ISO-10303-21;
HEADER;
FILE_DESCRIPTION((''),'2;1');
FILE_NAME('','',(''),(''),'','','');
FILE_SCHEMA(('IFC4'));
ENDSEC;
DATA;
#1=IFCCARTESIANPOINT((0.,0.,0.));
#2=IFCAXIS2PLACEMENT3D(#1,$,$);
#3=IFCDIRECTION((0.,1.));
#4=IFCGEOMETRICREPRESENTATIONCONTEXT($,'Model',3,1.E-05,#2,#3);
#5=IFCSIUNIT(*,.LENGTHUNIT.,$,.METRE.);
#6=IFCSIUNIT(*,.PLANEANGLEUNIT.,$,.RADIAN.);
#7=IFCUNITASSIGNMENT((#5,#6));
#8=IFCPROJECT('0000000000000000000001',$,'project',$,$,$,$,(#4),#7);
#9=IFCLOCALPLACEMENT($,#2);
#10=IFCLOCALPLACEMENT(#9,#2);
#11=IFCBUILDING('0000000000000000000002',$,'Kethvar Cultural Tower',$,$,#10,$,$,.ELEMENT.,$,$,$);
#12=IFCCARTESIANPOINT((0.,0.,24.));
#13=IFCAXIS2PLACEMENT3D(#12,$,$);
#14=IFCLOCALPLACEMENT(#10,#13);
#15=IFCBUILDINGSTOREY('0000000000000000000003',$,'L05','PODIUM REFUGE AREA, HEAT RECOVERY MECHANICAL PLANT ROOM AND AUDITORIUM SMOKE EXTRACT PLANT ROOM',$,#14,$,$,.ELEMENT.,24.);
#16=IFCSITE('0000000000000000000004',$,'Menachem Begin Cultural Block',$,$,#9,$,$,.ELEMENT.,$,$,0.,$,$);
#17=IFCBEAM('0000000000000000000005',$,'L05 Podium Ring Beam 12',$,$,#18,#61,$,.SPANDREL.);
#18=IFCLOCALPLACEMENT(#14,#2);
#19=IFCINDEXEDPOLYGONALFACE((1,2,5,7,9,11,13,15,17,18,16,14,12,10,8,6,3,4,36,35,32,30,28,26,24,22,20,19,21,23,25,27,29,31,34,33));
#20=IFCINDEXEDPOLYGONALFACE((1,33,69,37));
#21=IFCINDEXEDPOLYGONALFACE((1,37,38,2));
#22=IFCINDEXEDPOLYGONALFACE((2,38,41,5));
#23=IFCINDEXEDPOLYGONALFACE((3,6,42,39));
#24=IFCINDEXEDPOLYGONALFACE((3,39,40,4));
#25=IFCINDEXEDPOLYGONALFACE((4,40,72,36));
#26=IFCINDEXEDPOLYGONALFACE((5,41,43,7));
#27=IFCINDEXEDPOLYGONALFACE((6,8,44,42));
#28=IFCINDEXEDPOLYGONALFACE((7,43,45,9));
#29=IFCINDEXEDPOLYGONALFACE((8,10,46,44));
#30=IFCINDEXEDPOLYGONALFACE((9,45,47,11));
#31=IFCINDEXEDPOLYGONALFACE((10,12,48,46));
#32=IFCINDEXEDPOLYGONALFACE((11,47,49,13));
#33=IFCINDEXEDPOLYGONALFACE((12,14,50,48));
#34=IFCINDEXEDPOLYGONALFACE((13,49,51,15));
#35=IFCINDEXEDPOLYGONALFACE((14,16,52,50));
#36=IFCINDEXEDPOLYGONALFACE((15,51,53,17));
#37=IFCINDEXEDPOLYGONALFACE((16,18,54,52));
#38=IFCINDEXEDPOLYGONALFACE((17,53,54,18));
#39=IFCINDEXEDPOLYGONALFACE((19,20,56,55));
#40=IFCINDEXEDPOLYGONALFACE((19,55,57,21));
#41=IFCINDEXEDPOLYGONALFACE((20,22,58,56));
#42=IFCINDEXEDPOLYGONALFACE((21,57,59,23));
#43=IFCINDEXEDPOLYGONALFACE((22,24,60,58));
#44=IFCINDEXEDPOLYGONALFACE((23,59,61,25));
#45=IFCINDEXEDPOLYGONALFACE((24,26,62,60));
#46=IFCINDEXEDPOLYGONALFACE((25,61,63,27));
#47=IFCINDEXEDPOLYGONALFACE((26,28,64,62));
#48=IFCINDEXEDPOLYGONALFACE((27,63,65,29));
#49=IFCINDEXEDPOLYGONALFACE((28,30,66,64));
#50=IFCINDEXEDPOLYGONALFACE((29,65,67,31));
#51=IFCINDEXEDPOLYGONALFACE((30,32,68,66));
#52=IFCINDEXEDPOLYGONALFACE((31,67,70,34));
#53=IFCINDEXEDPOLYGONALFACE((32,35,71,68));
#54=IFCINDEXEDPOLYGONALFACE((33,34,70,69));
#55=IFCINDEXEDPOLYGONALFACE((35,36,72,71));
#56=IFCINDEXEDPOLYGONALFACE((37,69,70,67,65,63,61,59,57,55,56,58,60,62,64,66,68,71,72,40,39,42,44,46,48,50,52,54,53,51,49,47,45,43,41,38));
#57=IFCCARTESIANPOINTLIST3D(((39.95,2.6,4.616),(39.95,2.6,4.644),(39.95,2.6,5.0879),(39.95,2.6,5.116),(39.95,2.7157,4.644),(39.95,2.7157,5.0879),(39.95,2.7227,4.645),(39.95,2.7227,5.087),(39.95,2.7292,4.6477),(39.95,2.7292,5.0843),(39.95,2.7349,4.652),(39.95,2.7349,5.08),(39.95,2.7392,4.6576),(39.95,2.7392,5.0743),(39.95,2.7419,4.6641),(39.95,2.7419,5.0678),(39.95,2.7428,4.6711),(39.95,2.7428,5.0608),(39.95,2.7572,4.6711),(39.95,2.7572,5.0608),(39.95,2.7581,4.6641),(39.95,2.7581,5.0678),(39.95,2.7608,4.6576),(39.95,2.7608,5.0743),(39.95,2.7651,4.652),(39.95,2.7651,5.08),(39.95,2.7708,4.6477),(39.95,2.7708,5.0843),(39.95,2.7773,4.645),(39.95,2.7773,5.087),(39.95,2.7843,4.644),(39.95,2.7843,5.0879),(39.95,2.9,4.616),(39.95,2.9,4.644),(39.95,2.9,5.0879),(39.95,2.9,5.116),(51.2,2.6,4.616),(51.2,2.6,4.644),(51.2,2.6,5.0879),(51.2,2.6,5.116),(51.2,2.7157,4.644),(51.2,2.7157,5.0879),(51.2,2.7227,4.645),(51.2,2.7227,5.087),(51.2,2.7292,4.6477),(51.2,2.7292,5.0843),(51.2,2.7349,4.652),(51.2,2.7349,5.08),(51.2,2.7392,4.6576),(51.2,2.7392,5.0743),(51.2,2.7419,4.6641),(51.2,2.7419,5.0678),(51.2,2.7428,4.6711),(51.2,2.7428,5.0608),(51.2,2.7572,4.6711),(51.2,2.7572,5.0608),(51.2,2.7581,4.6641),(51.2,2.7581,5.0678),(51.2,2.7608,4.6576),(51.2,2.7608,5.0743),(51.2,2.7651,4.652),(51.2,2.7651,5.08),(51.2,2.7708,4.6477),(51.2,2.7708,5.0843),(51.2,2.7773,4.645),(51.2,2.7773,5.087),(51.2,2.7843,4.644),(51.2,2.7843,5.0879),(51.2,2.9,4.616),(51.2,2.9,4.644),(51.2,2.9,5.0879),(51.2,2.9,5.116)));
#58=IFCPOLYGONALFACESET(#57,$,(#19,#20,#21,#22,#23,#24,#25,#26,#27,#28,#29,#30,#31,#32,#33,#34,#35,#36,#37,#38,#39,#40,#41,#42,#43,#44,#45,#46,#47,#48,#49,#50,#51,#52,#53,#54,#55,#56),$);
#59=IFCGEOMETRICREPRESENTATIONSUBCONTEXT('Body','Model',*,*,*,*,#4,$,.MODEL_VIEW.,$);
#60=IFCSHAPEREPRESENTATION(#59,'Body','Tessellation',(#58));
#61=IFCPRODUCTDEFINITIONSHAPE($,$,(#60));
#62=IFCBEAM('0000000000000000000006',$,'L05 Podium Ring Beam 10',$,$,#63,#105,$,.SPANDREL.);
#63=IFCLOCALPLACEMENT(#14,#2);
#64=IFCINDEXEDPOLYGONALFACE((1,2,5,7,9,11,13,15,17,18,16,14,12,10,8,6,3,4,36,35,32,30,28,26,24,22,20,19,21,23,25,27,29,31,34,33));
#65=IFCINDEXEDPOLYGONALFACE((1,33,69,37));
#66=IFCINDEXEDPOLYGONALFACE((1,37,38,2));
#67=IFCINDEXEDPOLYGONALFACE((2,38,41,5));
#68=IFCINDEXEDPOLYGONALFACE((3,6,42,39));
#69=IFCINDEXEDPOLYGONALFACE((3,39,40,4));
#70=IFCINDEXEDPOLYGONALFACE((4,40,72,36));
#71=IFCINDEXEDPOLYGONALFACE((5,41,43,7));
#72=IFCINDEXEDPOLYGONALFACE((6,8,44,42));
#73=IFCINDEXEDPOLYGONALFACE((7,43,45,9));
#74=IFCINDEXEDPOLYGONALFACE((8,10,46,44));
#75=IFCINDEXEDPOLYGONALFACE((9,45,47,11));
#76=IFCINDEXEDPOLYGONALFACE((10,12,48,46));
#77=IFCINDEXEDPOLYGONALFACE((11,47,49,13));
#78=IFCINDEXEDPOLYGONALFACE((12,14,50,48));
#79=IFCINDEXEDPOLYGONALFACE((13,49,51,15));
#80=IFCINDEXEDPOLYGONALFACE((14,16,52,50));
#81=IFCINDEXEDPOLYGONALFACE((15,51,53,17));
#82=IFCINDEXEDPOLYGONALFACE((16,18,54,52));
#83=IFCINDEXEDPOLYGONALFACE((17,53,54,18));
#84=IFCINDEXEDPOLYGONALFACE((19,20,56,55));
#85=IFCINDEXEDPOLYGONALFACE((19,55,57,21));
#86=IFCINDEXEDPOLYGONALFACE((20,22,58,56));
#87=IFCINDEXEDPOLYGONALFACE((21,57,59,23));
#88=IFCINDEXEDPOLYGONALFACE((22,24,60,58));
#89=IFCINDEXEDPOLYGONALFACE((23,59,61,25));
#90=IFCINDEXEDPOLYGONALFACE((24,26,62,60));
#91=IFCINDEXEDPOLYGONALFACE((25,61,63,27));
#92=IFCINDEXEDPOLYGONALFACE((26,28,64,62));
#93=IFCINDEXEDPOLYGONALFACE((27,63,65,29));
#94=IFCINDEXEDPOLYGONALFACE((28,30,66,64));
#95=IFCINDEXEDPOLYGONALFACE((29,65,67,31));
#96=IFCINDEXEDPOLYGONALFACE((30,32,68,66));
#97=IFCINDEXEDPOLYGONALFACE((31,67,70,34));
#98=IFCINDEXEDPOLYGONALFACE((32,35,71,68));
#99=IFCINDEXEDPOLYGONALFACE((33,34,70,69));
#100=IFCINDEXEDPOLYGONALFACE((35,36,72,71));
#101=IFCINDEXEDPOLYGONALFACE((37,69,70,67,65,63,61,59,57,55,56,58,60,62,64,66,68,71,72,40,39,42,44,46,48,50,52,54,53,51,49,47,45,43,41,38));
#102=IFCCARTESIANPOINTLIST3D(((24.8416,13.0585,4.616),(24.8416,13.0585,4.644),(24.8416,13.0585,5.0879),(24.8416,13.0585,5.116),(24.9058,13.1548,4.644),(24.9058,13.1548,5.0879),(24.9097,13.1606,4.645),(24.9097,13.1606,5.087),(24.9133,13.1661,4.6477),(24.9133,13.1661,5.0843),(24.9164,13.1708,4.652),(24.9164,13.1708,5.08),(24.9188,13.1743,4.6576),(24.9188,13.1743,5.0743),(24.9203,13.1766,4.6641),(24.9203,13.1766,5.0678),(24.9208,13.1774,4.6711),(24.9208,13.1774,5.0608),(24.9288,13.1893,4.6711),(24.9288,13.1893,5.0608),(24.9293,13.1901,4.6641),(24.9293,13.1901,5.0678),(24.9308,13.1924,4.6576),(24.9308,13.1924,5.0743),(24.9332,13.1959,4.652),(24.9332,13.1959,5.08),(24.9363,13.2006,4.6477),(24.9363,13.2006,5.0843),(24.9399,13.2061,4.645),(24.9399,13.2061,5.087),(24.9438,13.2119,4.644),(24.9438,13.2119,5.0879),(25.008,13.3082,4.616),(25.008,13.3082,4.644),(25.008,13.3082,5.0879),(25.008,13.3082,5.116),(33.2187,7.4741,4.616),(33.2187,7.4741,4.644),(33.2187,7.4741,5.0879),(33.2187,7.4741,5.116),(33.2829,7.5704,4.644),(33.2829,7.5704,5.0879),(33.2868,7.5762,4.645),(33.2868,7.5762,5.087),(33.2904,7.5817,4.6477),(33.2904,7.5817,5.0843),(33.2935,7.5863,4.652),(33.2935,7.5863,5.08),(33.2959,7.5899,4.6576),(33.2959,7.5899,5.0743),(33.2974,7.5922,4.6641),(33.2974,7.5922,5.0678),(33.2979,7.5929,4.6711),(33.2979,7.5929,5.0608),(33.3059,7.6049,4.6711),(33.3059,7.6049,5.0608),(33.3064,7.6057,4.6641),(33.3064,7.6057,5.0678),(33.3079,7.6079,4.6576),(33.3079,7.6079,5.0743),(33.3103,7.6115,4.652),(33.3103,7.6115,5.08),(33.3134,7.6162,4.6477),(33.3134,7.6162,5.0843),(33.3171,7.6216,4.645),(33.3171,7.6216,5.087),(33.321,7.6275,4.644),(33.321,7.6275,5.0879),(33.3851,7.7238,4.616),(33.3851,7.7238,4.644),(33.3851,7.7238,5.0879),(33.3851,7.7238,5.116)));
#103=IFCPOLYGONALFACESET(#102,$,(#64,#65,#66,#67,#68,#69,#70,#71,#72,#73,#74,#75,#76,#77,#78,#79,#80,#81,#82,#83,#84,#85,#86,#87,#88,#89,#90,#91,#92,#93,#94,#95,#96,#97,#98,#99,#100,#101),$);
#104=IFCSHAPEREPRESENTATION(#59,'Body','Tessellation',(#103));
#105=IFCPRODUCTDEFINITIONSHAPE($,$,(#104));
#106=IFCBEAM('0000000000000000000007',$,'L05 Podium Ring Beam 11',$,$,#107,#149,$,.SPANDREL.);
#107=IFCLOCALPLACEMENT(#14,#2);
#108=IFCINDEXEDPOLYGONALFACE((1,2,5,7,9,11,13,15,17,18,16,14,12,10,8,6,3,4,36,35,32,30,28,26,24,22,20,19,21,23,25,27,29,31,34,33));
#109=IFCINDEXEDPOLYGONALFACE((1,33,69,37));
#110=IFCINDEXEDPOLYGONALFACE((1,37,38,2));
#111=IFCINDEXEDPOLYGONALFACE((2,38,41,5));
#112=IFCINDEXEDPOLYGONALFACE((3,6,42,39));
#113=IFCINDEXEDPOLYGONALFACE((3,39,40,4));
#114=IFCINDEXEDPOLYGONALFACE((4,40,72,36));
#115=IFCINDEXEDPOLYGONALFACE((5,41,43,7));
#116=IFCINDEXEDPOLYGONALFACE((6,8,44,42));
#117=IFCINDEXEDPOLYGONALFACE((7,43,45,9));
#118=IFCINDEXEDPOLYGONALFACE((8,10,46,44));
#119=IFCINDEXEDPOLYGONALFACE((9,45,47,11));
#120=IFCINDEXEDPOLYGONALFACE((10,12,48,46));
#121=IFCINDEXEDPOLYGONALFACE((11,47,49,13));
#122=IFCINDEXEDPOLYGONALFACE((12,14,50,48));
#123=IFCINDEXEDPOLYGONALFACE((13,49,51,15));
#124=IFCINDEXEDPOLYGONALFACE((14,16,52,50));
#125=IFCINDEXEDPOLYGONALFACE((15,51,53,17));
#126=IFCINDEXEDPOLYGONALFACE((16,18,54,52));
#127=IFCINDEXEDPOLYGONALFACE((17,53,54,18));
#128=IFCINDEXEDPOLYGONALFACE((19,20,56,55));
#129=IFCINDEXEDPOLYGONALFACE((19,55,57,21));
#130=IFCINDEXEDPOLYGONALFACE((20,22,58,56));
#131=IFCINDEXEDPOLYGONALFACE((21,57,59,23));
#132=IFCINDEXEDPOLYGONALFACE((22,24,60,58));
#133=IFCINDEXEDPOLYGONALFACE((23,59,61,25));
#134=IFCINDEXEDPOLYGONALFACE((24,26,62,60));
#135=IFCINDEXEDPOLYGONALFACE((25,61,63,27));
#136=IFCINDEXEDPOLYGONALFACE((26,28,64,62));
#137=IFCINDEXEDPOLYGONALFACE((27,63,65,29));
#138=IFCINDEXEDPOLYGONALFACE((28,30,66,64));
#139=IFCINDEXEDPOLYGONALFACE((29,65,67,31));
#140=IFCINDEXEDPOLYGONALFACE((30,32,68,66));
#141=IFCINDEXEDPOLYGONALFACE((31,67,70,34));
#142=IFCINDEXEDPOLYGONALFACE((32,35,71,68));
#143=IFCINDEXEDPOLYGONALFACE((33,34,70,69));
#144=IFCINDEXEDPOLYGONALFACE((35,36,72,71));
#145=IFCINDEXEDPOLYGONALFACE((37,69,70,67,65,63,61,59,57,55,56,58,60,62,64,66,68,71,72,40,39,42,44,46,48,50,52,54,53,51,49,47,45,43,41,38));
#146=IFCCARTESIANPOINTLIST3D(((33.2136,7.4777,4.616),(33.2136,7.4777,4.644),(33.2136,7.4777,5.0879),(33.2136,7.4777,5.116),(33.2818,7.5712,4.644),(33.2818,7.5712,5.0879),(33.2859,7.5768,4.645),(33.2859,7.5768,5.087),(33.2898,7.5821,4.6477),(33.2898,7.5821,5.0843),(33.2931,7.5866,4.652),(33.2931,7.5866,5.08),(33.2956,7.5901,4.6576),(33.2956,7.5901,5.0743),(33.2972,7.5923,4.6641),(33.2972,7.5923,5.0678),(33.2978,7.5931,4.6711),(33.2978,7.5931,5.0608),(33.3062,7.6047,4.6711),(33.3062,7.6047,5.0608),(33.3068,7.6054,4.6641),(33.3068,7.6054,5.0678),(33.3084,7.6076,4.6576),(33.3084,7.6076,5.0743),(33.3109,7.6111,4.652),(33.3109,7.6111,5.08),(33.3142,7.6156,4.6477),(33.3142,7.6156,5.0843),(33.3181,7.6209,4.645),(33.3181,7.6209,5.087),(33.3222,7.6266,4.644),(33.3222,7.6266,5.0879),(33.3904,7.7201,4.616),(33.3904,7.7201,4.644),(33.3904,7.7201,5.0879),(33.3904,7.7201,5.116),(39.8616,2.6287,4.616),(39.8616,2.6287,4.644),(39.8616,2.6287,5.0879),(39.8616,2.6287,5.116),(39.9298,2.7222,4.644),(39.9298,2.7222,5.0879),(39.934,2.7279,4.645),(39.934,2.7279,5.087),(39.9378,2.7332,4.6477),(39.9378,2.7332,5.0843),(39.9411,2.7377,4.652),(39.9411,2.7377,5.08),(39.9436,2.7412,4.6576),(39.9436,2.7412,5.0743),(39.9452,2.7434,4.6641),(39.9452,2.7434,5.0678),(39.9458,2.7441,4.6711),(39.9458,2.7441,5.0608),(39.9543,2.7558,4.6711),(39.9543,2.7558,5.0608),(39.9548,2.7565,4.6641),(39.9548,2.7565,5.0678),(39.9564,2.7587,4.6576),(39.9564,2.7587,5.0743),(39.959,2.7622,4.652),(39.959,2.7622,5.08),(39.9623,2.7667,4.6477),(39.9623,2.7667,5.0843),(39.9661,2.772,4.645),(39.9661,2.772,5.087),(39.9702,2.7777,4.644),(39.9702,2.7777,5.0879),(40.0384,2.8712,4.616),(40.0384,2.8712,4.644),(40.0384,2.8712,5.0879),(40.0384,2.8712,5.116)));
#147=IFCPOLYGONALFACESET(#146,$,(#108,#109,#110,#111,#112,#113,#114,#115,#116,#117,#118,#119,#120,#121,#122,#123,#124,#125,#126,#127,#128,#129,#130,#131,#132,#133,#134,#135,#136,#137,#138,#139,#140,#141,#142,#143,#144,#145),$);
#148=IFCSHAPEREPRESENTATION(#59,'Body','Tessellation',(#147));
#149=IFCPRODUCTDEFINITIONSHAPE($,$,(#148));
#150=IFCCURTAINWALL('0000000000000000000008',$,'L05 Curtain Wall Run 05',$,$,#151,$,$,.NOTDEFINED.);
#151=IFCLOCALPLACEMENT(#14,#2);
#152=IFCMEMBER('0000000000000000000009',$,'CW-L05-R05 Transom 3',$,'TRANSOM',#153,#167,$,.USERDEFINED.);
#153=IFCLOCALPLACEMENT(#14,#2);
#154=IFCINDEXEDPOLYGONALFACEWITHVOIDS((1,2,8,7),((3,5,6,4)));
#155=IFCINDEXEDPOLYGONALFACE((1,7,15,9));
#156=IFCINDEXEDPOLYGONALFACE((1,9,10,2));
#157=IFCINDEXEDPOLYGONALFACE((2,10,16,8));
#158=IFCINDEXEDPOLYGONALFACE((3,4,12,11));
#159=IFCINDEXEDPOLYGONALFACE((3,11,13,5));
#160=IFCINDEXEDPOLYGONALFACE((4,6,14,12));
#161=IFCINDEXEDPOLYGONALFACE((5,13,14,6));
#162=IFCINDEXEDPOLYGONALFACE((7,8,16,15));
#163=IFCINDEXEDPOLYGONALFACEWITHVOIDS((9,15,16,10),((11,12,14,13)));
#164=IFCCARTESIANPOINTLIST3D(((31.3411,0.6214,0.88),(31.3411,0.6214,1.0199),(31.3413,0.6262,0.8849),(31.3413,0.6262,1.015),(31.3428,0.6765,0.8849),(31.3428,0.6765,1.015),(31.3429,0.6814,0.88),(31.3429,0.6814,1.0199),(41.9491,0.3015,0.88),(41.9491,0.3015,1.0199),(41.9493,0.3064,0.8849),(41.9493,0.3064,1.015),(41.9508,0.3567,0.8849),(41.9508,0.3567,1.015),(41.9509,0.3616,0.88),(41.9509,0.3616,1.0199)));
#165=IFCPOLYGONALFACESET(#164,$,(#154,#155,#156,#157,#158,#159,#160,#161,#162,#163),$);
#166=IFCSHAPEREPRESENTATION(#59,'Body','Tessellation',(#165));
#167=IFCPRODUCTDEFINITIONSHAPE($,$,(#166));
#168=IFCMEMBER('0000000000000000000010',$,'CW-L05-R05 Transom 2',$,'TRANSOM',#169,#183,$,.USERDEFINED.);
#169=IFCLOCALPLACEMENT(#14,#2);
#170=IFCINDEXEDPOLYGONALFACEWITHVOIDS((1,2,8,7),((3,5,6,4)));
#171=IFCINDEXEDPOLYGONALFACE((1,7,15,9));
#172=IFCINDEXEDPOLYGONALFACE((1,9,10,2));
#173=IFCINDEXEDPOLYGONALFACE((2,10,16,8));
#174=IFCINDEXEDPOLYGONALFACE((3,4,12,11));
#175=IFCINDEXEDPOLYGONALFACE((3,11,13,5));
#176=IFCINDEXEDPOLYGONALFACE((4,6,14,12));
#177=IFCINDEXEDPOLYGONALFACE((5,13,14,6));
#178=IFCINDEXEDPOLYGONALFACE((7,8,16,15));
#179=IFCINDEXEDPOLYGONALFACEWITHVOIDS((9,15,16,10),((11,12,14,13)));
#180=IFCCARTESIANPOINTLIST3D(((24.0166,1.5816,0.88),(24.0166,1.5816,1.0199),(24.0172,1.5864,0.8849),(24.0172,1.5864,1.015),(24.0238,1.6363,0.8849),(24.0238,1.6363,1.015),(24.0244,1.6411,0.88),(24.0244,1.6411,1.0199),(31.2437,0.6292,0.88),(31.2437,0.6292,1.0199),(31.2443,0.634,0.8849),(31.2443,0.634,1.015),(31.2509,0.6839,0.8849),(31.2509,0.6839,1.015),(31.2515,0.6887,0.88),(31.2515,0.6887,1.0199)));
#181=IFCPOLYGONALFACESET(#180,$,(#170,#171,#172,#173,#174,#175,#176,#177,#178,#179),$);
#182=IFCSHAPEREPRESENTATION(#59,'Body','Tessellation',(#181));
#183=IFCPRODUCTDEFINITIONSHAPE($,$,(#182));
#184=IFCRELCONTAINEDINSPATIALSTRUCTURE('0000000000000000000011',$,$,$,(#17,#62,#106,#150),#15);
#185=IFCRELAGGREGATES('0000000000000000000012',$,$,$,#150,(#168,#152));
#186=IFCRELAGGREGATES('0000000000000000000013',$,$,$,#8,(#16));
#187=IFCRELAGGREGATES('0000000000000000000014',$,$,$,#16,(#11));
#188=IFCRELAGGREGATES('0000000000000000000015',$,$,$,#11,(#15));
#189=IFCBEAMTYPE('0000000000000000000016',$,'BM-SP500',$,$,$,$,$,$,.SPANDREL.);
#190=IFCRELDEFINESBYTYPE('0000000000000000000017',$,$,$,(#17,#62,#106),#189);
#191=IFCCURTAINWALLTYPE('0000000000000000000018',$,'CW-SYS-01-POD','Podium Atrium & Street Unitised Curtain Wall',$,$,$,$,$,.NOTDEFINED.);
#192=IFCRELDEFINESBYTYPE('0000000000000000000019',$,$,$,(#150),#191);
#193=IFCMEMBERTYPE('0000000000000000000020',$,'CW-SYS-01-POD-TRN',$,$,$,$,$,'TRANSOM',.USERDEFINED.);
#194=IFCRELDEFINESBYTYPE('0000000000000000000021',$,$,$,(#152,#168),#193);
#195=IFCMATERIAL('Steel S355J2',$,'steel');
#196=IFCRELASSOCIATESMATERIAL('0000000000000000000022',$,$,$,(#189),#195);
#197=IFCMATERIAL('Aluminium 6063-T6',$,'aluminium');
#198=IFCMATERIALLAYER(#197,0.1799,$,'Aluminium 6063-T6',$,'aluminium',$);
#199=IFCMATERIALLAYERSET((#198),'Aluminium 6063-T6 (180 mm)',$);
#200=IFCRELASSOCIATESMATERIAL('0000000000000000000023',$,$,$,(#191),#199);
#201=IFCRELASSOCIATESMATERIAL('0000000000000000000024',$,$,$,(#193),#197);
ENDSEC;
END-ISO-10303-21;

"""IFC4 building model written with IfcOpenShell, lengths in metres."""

from ifc_helpers import new_model, si_unit, direction, frame, origin, origin_2d, place, context, subcontext, project, spatial, hollow_rectangle, i_section, extrude, source, transform, mapped, material, layer, layer_set, material_profile, profile_set, type_object, element, aggregate, save


model = new_model("IFC4")

# Units and contexts
model_context = context("Model", 3, precision=1e-05, world=origin(), true_north=direction((0.0, 1.0)))
body_context = subcontext(model_context, "Body", "Model", "MODEL_VIEW")
ifc_project = project(units=[si_unit("LENGTHUNIT", "METRE"), si_unit("PLANEANGLEUNIT", "RADIAN")], contexts=[model_context])

# Site, building, storey
site_placement = place(None, origin())
site = spatial("IfcSite", under=ifc_project, at=site_placement, Name="Menachem Begin Cultural Block", CompositionType="ELEMENT", RefElevation=0.0)
building_placement = place(site_placement, origin())
building = spatial("IfcBuilding", under=site, at=building_placement, Name="Kethvar Cultural Tower", CompositionType="ELEMENT")
storey_placement = place(building_placement, frame((0.0, 0.0, 24.0)))
storey = spatial("IfcBuildingStorey", under=building, at=storey_placement, Name="L05", Description="PODIUM REFUGE AREA, HEAT RECOVERY MECHANICAL PLANT ROOM AND AUDITORIUM SMOKE EXTRACT PLANT ROOM", CompositionType="ELEMENT", Elevation=24.0)

# Beams
ifc_material_1 = material(Name="Steel S355J2", Category="steel")
ifc_material_profile_1 = material_profile(ifc_material_1, i_section(OverallWidth=0.3, OverallDepth=0.5, WebThickness=0.0144, FlangeThickness=0.0281, FilletRadius=0.0271, at=origin_2d()), Name="Steel S355J2 — HEB500")
ifc_profile_set_1 = profile_set([ifc_material_profile_1], Name="Steel S355J2 — HEB500")
beam_type = type_object("IfcBeamType", Name="BM-SP500", PredefinedType="SPANDREL", material=ifc_profile_set_1)
shared_shape_1 = source(origin(), body_context, "Body", "SweptSolid", [
    extrude(i_section(OverallWidth=0.3, OverallDepth=0.5, WebThickness=0.0144, FlangeThickness=0.0281, FilletRadius=0.0271, at=origin_2d()), origin(), (0.0, 0.0, 1.0), 11.25),
])
beam_1_placement = place(storey_placement, frame((39.95, 2.75, 4.866), z_axis=(1.0, 0.0, 0.0), x_axis=(0.0, 1.0, 0.0)))
element("IfcBeam", 1, at=beam_1_placement, inside=storey, type_object=beam_type, Name="L05 Podium Ring Beam 12", PredefinedType="SPANDREL", context=body_context, shape_type="MappedRepresentation", body=[
    mapped(shared_shape_1, transform((0.0, 0.0, 0.0), scale=1.0)),
])
shared_shape_2 = source(origin(), body_context, "Body", "SweptSolid", [
    extrude(i_section(OverallWidth=0.3, OverallDepth=0.5, WebThickness=0.0144, FlangeThickness=0.0281, FilletRadius=0.0271, at=origin_2d()), origin(), (0.0, 0.0, 1.0), 10.0679),
])
beam_2_placement = place(storey_placement, frame((24.9248, 13.1833, 4.866), z_axis=(0.832065, -0.554678, 0.0), x_axis=(0.554678, 0.832065, 0.0)))
element("IfcBeam", 2, at=beam_2_placement, inside=storey, type_object=beam_type, Name="L05 Podium Ring Beam 10", PredefinedType="SPANDREL", context=body_context, shape_type="MappedRepresentation", body=[
    mapped(shared_shape_2, transform((0.0, 0.0, 0.0), scale=1.0)),
])
shared_shape_3 = source(origin(), body_context, "Body", "SweptSolid", [
    extrude(i_section(OverallWidth=0.3, OverallDepth=0.5, WebThickness=0.0144, FlangeThickness=0.0281, FilletRadius=0.0271, at=origin_2d()), origin(), (0.0, 0.0, 1.0), 8.2285),
])
beam_3_placement = place(storey_placement, frame((33.302, 7.5989, 4.866), z_axis=(0.807926, -0.589284, 0.0), x_axis=(0.589284, 0.807926, 0.0)))
element("IfcBeam", 3, at=beam_3_placement, inside=storey, type_object=beam_type, Name="L05 Podium Ring Beam 11", PredefinedType="SPANDREL", context=body_context, shape_type="MappedRepresentation", body=[
    mapped(shared_shape_3, transform((0.0, 0.0, 0.0), scale=1.0)),
])

# Curtain wall, members
ifc_material_2 = material(Name="Aluminium 6063-T6", Category="aluminium")
ifc_layer_1 = layer(ifc_material_2, 0.1799, Name="Aluminium 6063-T6", Category="aluminium")
ifc_layer_set_1 = layer_set([ifc_layer_1], Name="Aluminium 6063-T6 (180 mm)")
curtain_wall_type = type_object("IfcCurtainWallType", Name="CW-SYS-01-POD", Description="Podium Atrium & Street Unitised Curtain Wall", PredefinedType="NOTDEFINED", material=ifc_layer_set_1)
curtain_wall_placement = place(storey_placement, origin())
curtain_wall = element("IfcCurtainWall", 4, at=curtain_wall_placement, inside=storey, type_object=curtain_wall_type, Name="L05 Curtain Wall Run 05", PredefinedType="NOTDEFINED")
ifc_material_profile_2 = material_profile(ifc_material_2, hollow_rectangle(XDim=0.0601, YDim=0.1399, WallThickness=0.0049, at=origin_2d()), Name="Aluminium 6063-T6 — RHS140x60x5")
ifc_profile_set_2 = profile_set([ifc_material_profile_2], Name="Aluminium 6063-T6 — RHS140x60x5")
member_type_1 = type_object("IfcMemberType", Name="CW-SYS-01-POD-TRN", ElementType="TRANSOM", PredefinedType="USERDEFINED", material=ifc_profile_set_2)
shared_shape_4 = source(origin(), body_context, "Body", "SweptSolid", [
    extrude(hollow_rectangle(XDim=0.0601, YDim=0.1399, WallThickness=0.0049, at=origin_2d()), origin(), (0.0, 0.0, 1.0), 10.6128),
])
member_1_placement = place(storey_placement, frame((31.342, 0.6514, 0.95), z_axis=(0.999546, -0.030136, 0.0), x_axis=(0.030136, 0.999546, 0.0)))
member_1 = element("IfcMember", 5, at=member_1_placement, type_object=member_type_1, Name="CW-L05-R05 Transom 3", ObjectType="TRANSOM", PredefinedType="USERDEFINED", context=body_context, shape_type="MappedRepresentation", body=[
    mapped(shared_shape_4, transform((0.0, 0.0, 0.0), scale=1.0)),
])
shared_shape_5 = source(origin(), body_context, "Body", "SweptSolid", [
    extrude(hollow_rectangle(XDim=0.0601, YDim=0.1399, WallThickness=0.0049, at=origin_2d()), origin(), (0.0, 0.0, 1.0), 7.2896),
])
member_2_placement = place(storey_placement, frame((24.0205, 1.6113, 0.95), z_axis=(0.991428, -0.130652, 0.0), x_axis=(0.130652, 0.991428, 0.0)))
member_2 = element("IfcMember", 6, at=member_2_placement, type_object=member_type_1, Name="CW-L05-R05 Transom 2", ObjectType="TRANSOM", PredefinedType="USERDEFINED", context=body_context, shape_type="MappedRepresentation", body=[
    mapped(shared_shape_5, transform((0.0, 0.0, 0.0), scale=1.0)),
])

aggregate(curtain_wall, [member_2, member_1])

save(model, "model.ifc")
